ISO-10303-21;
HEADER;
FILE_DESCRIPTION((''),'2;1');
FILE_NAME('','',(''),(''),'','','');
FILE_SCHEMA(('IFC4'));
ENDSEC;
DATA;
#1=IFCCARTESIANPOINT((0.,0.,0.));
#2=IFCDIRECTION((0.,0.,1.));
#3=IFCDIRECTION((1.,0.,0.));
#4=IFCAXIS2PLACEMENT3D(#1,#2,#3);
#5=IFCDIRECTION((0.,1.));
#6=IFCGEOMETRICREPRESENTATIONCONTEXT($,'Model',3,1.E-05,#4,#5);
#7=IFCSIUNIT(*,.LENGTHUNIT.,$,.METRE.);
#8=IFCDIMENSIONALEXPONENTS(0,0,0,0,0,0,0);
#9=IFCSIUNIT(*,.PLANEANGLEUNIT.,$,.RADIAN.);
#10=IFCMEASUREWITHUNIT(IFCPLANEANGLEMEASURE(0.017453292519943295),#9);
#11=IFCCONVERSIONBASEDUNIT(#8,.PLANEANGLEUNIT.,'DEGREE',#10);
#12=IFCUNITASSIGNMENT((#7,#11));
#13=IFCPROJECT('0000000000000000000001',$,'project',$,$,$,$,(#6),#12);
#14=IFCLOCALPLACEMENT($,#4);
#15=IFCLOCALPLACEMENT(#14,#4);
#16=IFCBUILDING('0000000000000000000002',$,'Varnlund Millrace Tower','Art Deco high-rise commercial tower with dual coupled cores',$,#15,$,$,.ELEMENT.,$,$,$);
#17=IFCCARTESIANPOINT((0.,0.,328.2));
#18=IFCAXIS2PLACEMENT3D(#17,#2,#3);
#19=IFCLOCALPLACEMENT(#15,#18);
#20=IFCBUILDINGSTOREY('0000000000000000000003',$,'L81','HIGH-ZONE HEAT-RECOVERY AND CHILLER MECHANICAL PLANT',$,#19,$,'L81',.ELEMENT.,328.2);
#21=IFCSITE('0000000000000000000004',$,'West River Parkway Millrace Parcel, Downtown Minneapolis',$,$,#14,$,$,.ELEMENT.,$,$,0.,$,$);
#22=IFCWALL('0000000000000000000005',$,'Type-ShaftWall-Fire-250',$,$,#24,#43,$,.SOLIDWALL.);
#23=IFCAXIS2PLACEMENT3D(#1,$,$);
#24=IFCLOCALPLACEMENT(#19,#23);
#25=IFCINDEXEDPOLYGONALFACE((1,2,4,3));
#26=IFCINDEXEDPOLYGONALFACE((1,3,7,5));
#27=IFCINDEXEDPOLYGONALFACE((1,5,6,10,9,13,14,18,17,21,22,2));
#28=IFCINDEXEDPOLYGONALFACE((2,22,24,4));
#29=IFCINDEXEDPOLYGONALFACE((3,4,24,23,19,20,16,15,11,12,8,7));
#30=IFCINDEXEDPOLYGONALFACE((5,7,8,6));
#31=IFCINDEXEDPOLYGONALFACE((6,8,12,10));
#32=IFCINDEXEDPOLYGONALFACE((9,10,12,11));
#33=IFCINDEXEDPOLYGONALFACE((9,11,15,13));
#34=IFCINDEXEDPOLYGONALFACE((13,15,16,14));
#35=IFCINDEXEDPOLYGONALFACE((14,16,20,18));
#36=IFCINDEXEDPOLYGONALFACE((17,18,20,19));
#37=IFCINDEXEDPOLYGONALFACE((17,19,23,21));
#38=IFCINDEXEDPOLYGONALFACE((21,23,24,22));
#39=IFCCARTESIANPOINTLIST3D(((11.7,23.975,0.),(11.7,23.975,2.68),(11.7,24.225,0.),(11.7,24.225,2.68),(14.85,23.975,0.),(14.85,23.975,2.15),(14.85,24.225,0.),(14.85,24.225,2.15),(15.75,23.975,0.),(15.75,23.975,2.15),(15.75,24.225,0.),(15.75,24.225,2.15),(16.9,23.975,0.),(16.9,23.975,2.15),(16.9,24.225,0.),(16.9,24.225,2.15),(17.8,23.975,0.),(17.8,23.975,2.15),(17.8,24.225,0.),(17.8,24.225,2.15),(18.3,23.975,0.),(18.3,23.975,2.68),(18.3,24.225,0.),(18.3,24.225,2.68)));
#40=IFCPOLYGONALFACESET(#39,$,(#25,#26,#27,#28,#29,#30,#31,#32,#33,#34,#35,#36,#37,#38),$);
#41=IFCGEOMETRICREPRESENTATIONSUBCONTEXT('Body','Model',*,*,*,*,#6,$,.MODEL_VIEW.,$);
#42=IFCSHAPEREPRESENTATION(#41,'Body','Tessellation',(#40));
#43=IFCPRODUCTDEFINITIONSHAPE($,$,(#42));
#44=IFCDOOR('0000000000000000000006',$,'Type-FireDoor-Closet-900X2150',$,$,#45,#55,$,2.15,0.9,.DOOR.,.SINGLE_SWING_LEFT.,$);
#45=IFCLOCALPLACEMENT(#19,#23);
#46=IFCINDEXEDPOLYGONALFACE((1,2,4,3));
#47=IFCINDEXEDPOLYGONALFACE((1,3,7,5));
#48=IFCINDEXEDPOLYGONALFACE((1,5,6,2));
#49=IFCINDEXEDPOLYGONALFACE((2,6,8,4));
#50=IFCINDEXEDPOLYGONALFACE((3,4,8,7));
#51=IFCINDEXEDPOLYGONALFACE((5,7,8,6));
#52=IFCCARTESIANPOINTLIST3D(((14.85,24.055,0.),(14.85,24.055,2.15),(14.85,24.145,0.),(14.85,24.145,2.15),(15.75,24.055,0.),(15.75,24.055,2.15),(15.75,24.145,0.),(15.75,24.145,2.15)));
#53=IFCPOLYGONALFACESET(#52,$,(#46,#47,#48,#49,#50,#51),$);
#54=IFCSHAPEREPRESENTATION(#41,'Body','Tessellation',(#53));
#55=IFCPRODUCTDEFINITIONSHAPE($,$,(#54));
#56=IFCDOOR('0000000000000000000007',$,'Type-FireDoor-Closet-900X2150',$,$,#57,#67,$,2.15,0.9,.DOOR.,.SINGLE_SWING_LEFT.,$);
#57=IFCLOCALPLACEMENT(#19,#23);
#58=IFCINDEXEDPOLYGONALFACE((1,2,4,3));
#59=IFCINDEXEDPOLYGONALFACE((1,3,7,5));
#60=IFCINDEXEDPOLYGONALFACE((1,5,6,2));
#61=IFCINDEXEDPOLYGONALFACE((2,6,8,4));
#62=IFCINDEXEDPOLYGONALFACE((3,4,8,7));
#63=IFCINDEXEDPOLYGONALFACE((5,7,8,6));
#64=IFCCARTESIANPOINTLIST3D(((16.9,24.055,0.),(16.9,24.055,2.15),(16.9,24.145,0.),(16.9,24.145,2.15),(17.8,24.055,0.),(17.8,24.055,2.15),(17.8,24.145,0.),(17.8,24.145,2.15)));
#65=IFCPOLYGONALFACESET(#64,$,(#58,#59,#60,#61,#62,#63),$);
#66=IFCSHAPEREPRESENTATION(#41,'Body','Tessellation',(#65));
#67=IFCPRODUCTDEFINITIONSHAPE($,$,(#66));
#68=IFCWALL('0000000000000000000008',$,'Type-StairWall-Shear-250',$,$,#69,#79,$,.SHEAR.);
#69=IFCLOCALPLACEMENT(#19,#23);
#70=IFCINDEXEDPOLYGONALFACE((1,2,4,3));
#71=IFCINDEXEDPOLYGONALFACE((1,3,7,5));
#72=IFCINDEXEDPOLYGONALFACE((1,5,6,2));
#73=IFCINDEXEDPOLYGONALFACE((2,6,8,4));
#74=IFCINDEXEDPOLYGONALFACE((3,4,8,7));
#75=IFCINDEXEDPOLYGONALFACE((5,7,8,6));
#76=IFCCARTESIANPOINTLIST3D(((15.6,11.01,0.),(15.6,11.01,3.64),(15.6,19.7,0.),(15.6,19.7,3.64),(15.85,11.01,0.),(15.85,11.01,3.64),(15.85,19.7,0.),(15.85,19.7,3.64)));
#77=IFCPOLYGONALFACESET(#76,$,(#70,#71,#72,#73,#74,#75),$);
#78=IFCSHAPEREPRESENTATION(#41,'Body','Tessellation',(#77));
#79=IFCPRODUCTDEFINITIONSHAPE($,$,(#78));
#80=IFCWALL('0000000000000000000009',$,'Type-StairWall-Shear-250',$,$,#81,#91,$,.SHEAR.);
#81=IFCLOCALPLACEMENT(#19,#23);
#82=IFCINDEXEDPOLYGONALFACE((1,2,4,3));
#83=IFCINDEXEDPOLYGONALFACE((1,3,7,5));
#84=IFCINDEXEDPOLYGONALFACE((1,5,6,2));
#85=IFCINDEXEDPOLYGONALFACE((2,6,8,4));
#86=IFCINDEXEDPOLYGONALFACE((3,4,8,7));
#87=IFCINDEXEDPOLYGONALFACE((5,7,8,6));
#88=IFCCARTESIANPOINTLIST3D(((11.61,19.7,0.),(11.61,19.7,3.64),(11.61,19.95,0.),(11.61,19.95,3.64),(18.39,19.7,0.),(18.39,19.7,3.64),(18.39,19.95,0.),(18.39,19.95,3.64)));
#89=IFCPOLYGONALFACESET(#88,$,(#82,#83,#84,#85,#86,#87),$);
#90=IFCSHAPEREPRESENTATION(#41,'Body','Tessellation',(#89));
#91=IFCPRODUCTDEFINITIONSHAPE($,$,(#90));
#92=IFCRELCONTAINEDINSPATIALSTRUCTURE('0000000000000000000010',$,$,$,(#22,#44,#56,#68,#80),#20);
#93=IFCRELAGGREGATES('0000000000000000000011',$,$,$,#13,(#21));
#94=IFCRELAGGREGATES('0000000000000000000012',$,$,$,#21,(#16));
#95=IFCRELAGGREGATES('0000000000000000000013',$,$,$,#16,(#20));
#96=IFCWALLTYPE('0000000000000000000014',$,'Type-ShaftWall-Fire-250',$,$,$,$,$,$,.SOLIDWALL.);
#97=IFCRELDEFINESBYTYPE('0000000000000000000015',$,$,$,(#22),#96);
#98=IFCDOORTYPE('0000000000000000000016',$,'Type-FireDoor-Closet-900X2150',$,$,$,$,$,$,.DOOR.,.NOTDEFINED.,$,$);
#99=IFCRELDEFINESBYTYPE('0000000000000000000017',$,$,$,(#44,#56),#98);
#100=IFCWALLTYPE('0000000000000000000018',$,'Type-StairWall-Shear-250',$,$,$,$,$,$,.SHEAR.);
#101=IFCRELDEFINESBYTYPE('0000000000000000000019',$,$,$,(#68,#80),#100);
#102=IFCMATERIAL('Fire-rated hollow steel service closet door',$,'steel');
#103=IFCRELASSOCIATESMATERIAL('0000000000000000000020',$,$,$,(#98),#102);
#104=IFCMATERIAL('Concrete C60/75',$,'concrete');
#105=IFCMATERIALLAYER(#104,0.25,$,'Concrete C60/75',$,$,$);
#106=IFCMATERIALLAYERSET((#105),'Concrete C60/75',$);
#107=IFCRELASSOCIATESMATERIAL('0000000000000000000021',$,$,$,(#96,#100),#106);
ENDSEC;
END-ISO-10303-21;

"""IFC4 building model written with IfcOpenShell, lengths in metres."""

from ifc_helpers import new_model, entity, si_unit, converted_unit, direction, frame, origin_with_axes, origin_2d_with_axis, place, context, subcontext, project, spatial, polyline, rectangle, outline, extrude, material, layer, layer_set, type_object, element, fill, save


model = new_model("IFC4")

# Units and contexts
model_context = context("Model", 3, precision=1e-05, world=origin_with_axes(), true_north=direction((0.0, 1.0)))
body_context = subcontext(model_context, "Body", "Model", "MODEL_VIEW")
ifc_project = project(units=[si_unit("LENGTHUNIT", "METRE"), converted_unit("PLANEANGLEUNIT", "DEGREE", entity("IfcPlaneAngleMeasure", 0.017453292519943295), si_unit("PLANEANGLEUNIT", "RADIAN"), dimensions=[0, 0, 0, 0, 0, 0, 0])], contexts=[model_context])

# Site, building, storey
site_placement = place(None, origin_with_axes())
site = spatial("IfcSite", under=ifc_project, at=site_placement, Name="West River Parkway Millrace Parcel, Downtown Minneapolis", CompositionType="ELEMENT", RefElevation=0.0)
building_placement = place(site_placement, origin_with_axes())
building = spatial("IfcBuilding", under=site, at=building_placement, Name="Varnlund Millrace Tower", Description="Art Deco high-rise commercial tower with dual coupled cores", CompositionType="ELEMENT")
storey_placement = place(building_placement, frame((0.0, 0.0, 328.2), z_axis=(0.0, 0.0, 1.0), x_axis=(1.0, 0.0, 0.0)))
storey = spatial("IfcBuildingStorey", under=building, at=storey_placement, Name="L81", Description="HIGH-ZONE HEAT-RECOVERY AND CHILLER MECHANICAL PLANT", LongName="L81", CompositionType="ELEMENT", Elevation=328.2)

# Shared definitions
ifc_material_1 = material(Name="Concrete C60/75", Category="concrete")

# Wall, openings, doors
ifc_material_2 = material(Name="Fire-rated hollow steel service closet door", Category="steel")
door_type_1 = type_object("IfcDoorType", Name="Type-FireDoor-Closet-900X2150", OperationType="NOTDEFINED", PredefinedType="DOOR", material=ifc_material_2)
ifc_layer_1 = layer(ifc_material_1, 0.25, Name="Concrete C60/75")
ifc_layer_set_1 = layer_set([ifc_layer_1], Name="Concrete C60/75")
wall_type_1 = type_object("IfcWallType", Name="Type-ShaftWall-Fire-250", PredefinedType="SOLIDWALL", material=ifc_layer_set_1)
wall_1_placement = place(storey_placement, frame((11.7, 24.1, 0.0), z_axis=(0.0, 0.0, 1.0), x_axis=(1.0, 0.0, 0.0)))
wall_1 = element("IfcWall", 1, at=wall_1_placement, inside=storey, type_object=wall_type_1, Name="Type-ShaftWall-Fire-250", PredefinedType="SOLIDWALL", context=body_context, shape_type="SweptSolid", body=[
    extrude(outline(polyline([(0.0, -0.125), (6.6, -0.125), (6.6, 0.125), (0.0, 0.125), (0.0, -0.125)])), origin_with_axes(), (0.0, 0.0, 1.0), 2.68),
])
opening_1_placement = place(wall_1_placement, frame((3.6, 0.0, 0.0), z_axis=(0.0, 0.0, 1.0), x_axis=(1.0, 0.0, 0.0)))
opening_1 = element("IfcOpeningElement", 2, at=opening_1_placement, cuts=wall_1, PredefinedType="OPENING", context=body_context, shape_type="SweptSolid", body=[
    extrude(rectangle(XDim=0.9, YDim=0.27, at=origin_2d_with_axis()), origin_with_axes(), (0.0, 0.0, 1.0), 2.15),
])
opening_2_placement = place(wall_1_placement, frame((5.65, 0.0, 0.0), z_axis=(0.0, 0.0, 1.0), x_axis=(1.0, 0.0, 0.0)))
opening_2 = element("IfcOpeningElement", 3, at=opening_2_placement, cuts=wall_1, PredefinedType="OPENING", context=body_context, shape_type="SweptSolid", body=[
    extrude(rectangle(XDim=0.9, YDim=0.27, at=origin_2d_with_axis()), origin_with_axes(), (0.0, 0.0, 1.0), 2.15),
])
door_1_placement = place(wall_1_placement, frame((3.6, 0.0, 0.0), z_axis=(0.0, 0.0, 1.0), x_axis=(1.0, 0.0, 0.0)))
door_1 = element("IfcDoor", 4, at=door_1_placement, inside=storey, type_object=door_type_1, Name="Type-FireDoor-Closet-900X2150", OperationType="SINGLE_SWING_LEFT", OverallHeight=2.15, OverallWidth=0.9, PredefinedType="DOOR", context=body_context, shape_type="SweptSolid", body=[
    extrude(rectangle(XDim=0.9, YDim=0.09, at=origin_2d_with_axis()), origin_with_axes(), (0.0, 0.0, 1.0), 2.15),
])
fill(opening_1, door_1)
door_2_placement = place(wall_1_placement, frame((5.65, 0.0, 0.0), z_axis=(0.0, 0.0, 1.0), x_axis=(1.0, 0.0, 0.0)))
door_2 = element("IfcDoor", 5, at=door_2_placement, inside=storey, type_object=door_type_1, Name="Type-FireDoor-Closet-900X2150", OperationType="SINGLE_SWING_LEFT", OverallHeight=2.15, OverallWidth=0.9, PredefinedType="DOOR", context=body_context, shape_type="SweptSolid", body=[
    extrude(rectangle(XDim=0.9, YDim=0.09, at=origin_2d_with_axis()), origin_with_axes(), (0.0, 0.0, 1.0), 2.15),
])
fill(opening_2, door_2)

# Walls
wall_type_2 = type_object("IfcWallType", Name="Type-StairWall-Shear-250", PredefinedType="SHEAR", material=ifc_layer_set_1)
wall_2_placement = place(storey_placement, frame((15.725, 11.01, 0.0), z_axis=(0.0, 0.0, 1.0), x_axis=(0.0, 1.0, 0.0)))
element("IfcWall", 6, at=wall_2_placement, inside=storey, type_object=wall_type_2, Name="Type-StairWall-Shear-250", PredefinedType="SHEAR", context=body_context, shape_type="SweptSolid", body=[
    extrude(outline(polyline([(0.0, -0.125), (8.69, -0.125), (8.69, 0.125), (0.0, 0.125), (0.0, -0.125)])), origin_with_axes(), (0.0, 0.0, 1.0), 3.64),
])
wall_3_placement = place(storey_placement, frame((11.61, 19.825, 0.0), z_axis=(0.0, 0.0, 1.0), x_axis=(1.0, 0.0, 0.0)))
element("IfcWall", 7, at=wall_3_placement, inside=storey, type_object=wall_type_2, Name="Type-StairWall-Shear-250", PredefinedType="SHEAR", context=body_context, shape_type="SweptSolid", body=[
    extrude(outline(polyline([(0.0, -0.125), (6.78, -0.125), (6.78, 0.125), (0.0, 0.125), (0.0, -0.125)])), origin_with_axes(), (0.0, 0.0, 1.0), 3.64),
])

save(model, "model.ifc")
